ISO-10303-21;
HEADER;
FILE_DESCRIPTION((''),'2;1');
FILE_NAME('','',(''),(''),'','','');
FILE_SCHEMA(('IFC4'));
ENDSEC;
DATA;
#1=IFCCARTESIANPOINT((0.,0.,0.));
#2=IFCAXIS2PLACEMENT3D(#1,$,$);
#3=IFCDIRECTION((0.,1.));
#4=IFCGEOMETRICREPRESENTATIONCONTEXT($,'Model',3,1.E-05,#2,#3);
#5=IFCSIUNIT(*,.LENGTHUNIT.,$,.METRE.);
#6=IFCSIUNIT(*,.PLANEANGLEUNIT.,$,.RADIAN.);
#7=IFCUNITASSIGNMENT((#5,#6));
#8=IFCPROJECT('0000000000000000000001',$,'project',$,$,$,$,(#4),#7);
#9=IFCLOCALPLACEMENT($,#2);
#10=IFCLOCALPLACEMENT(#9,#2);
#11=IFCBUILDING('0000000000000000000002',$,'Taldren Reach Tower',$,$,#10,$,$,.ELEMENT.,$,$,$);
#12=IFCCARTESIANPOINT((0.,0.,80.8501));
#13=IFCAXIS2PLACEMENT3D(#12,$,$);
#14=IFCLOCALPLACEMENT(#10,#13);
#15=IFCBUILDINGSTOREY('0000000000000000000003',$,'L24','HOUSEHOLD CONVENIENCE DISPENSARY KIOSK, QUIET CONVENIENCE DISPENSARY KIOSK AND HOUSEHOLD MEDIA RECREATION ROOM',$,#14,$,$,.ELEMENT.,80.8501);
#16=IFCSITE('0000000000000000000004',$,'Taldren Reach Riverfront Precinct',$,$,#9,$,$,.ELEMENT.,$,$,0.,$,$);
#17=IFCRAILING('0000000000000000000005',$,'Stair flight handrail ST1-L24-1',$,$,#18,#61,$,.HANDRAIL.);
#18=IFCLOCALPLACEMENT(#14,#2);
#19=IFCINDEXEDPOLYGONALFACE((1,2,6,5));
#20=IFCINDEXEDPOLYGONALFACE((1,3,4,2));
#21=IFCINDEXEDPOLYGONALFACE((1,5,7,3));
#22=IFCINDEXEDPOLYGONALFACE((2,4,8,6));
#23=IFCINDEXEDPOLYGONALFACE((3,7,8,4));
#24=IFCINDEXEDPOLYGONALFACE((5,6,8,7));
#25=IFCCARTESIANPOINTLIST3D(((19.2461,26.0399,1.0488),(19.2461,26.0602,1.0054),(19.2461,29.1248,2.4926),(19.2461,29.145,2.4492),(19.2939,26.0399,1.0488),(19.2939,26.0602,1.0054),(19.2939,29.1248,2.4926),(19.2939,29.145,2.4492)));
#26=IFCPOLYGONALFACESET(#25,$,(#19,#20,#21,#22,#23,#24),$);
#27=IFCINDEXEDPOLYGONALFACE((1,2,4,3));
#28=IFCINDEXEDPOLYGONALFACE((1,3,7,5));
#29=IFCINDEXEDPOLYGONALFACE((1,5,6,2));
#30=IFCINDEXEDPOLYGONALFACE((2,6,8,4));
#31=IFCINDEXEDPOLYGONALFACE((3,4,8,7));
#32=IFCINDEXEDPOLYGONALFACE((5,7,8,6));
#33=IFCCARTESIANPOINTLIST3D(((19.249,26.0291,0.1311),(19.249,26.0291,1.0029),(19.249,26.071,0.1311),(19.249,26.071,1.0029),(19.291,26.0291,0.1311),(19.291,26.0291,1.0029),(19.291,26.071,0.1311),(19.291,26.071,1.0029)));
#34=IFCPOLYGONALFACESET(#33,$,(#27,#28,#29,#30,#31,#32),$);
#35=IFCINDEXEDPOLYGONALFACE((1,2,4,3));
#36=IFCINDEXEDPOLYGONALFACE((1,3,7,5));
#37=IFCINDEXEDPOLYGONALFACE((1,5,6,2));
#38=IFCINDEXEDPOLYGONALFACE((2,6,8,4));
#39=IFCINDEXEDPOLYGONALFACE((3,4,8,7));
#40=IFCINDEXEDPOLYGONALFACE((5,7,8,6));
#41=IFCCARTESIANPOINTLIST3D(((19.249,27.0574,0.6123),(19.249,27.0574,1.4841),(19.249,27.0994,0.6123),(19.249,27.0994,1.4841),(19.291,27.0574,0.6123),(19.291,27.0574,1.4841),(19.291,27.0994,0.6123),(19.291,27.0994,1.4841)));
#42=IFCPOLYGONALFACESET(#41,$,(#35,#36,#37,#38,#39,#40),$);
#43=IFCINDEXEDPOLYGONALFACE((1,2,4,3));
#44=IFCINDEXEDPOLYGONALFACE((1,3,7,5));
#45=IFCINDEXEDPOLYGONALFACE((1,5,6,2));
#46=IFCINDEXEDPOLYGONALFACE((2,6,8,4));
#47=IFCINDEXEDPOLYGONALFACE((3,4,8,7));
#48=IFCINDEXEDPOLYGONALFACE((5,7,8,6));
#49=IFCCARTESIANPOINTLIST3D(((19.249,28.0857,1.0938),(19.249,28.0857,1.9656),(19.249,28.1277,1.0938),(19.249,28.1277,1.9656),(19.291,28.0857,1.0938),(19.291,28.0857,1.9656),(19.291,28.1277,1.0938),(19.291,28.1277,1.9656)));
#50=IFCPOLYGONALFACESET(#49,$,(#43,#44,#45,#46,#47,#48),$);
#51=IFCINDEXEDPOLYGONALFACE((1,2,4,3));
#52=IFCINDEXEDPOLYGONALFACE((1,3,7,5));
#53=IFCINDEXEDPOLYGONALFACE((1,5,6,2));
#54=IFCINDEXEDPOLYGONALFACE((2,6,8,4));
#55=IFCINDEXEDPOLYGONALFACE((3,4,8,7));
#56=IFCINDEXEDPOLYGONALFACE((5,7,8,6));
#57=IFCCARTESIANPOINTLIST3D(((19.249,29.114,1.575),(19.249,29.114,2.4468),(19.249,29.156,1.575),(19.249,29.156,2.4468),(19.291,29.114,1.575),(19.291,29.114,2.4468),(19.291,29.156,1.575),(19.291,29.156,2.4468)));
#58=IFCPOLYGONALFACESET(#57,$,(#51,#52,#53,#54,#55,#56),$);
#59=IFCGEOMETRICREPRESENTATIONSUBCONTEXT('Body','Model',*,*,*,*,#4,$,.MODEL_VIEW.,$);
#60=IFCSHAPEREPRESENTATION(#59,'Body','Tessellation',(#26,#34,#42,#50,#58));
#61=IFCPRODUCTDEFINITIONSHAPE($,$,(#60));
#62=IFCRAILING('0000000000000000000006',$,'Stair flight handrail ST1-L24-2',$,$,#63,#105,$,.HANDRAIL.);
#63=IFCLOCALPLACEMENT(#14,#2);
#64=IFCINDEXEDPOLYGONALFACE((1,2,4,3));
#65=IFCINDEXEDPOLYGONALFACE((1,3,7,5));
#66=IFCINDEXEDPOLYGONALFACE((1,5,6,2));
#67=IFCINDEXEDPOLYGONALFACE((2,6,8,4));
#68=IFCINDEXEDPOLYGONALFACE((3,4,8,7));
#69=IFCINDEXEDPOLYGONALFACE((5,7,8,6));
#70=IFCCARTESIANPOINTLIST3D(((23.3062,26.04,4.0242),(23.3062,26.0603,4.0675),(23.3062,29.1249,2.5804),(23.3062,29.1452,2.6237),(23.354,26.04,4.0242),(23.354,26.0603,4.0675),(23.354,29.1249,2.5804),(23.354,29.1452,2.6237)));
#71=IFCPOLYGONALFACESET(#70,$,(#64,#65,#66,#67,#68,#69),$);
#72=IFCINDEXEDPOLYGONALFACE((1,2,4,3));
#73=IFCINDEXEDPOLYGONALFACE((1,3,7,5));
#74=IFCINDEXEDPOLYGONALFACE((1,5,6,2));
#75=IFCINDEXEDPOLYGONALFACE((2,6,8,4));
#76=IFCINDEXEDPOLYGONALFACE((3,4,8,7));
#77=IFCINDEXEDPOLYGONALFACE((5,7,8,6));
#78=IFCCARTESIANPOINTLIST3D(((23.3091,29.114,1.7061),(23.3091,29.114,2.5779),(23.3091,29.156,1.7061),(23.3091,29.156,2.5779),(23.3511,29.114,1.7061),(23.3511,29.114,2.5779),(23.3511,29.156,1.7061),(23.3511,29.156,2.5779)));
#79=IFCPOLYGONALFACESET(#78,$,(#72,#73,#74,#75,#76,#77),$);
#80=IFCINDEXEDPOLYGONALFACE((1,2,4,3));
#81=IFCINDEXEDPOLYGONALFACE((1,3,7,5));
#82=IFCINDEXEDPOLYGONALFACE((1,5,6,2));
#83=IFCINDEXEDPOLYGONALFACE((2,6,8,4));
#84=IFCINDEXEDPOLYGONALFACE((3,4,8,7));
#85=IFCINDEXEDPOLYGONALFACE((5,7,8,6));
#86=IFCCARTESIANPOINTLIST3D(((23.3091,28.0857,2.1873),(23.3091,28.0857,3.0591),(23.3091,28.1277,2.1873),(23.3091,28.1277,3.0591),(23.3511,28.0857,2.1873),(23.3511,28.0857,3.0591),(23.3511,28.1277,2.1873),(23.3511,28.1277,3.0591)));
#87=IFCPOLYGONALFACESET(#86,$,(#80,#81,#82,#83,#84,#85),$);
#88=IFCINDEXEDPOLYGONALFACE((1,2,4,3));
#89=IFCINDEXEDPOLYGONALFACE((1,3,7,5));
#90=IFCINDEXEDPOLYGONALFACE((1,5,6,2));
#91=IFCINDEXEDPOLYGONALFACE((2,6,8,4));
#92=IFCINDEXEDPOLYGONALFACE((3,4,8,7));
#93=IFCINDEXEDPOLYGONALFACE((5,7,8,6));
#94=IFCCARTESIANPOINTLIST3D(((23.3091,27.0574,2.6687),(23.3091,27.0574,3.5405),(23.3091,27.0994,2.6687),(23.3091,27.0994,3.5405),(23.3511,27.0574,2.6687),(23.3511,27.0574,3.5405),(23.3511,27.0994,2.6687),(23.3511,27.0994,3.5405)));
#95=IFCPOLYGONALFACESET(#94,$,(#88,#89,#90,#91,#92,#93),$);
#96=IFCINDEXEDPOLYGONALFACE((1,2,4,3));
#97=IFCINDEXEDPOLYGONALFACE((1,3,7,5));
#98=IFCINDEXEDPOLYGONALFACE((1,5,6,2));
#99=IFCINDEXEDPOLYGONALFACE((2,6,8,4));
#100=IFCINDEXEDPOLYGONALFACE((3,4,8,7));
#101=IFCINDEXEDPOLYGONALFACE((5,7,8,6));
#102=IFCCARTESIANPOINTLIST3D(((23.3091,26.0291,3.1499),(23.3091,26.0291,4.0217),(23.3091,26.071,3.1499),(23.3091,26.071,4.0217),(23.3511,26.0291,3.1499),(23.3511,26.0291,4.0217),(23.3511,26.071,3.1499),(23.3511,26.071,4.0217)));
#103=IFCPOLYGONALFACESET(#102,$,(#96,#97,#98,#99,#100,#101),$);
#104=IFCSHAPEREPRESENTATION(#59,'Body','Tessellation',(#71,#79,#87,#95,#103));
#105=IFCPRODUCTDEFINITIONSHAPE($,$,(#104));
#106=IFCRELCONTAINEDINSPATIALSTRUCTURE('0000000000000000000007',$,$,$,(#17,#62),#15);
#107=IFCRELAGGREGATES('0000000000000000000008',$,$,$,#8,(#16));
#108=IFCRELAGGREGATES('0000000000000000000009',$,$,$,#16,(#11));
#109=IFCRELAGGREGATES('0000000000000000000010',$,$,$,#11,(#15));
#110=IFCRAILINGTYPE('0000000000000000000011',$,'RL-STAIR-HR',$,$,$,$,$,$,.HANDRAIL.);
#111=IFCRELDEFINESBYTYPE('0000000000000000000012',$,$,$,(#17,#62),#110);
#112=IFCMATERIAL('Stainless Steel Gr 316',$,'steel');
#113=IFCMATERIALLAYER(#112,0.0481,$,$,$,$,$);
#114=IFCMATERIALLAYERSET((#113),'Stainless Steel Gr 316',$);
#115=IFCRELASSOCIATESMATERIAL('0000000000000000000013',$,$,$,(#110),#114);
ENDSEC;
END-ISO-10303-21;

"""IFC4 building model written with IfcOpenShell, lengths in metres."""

from ifc_helpers import new_model, si_unit, direction, frame, origin, origin_2d, place, context, subcontext, project, spatial, rectangle, extrude, material, layer, layer_set, type_object, element, save


model = new_model("IFC4")

# Units and contexts
model_context = context("Model", 3, precision=1e-05, world=origin(), true_north=direction((0.0, 1.0)))
body_context = subcontext(model_context, "Body", "Model", "MODEL_VIEW")
ifc_project = project(units=[si_unit("LENGTHUNIT", "METRE"), si_unit("PLANEANGLEUNIT", "RADIAN")], contexts=[model_context])

# Site, building, storey
site_placement = place(None, origin())
site = spatial("IfcSite", under=ifc_project, at=site_placement, Name="Taldren Reach Riverfront Precinct", CompositionType="ELEMENT", RefElevation=0.0)
building_placement = place(site_placement, origin())
building = spatial("IfcBuilding", under=site, at=building_placement, Name="Taldren Reach Tower", CompositionType="ELEMENT")
storey_placement = place(building_placement, frame((0.0, 0.0, 80.8501)))
storey = spatial("IfcBuildingStorey", under=building, at=storey_placement, Name="L24", Description="HOUSEHOLD CONVENIENCE DISPENSARY KIOSK, QUIET CONVENIENCE DISPENSARY KIOSK AND HOUSEHOLD MEDIA RECREATION ROOM", CompositionType="ELEMENT", Elevation=80.8501)

# Railings
ifc_material_1 = material(Name="Stainless Steel Gr 316", Category="steel")
ifc_layer_1 = layer(ifc_material_1, 0.0481)
ifc_layer_set_1 = layer_set([ifc_layer_1], Name="Stainless Steel Gr 316")
railing_type_1 = type_object("IfcRailingType", Name="RL-STAIR-HR", PredefinedType="HANDRAIL", material=ifc_layer_set_1)
railing_1_placement = place(storey_placement, frame((19.27, 26.05, 0.1311)))
element("IfcRailing", 1, at=railing_1_placement, inside=storey, type_object=railing_type_1, Name="Stair flight handrail ST1-L24-1", PredefinedType="HANDRAIL", context=body_context, shape_type="SweptSolid", body=[
    extrude(rectangle(XDim=0.0479, YDim=0.0479, at=origin_2d()), frame((0.0, 0.0, 0.896), z_axis=(0.0, 0.90571, 0.423898), x_axis=(-1.0, 0.0, 0.0)), (0.0, 0.0, 1.0), 3.406),
    extrude(rectangle(XDim=0.042, YDim=0.042, at=origin_2d()), origin(), (0.0, 0.0, 1.0), 0.8718),
    extrude(rectangle(XDim=0.042, YDim=0.042, at=origin_2d()), frame((0.0, 1.0283, 0.4812)), (0.0, 0.0, 1.0), 0.8718),
    extrude(rectangle(XDim=0.042, YDim=0.042, at=origin_2d()), frame((0.0, 2.0566, 0.9626)), (0.0, 0.0, 1.0), 0.8718),
    extrude(rectangle(XDim=0.042, YDim=0.042, at=origin_2d()), frame((0.0, 3.085, 1.4438)), (0.0, 0.0, 1.0), 0.8718),
])
railing_2_placement = place(storey_placement, frame((23.3301, 29.135, 1.7061)))
element("IfcRailing", 2, at=railing_2_placement, inside=storey, type_object=railing_type_1, Name="Stair flight handrail ST1-L24-2", PredefinedType="HANDRAIL", context=body_context, shape_type="SweptSolid", body=[
    extrude(rectangle(XDim=0.0479, YDim=0.0479, at=origin_2d()), frame((0.0, 0.0, 0.896), z_axis=(0.0, -0.90571, 0.423898), x_axis=(1.0, 0.0, 0.0)), (0.0, 0.0, 1.0), 3.406),
    extrude(rectangle(XDim=0.042, YDim=0.042, at=origin_2d()), origin(), (0.0, 0.0, 1.0), 0.8718),
    extrude(rectangle(XDim=0.042, YDim=0.042, at=origin_2d()), frame((0.0, -1.0283, 0.4812)), (0.0, 0.0, 1.0), 0.8718),
    extrude(rectangle(XDim=0.042, YDim=0.042, at=origin_2d()), frame((0.0, -2.0566, 0.9626)), (0.0, 0.0, 1.0), 0.8718),
    extrude(rectangle(XDim=0.042, YDim=0.042, at=origin_2d()), frame((0.0, -3.085, 1.4438)), (0.0, 0.0, 1.0), 0.8718),
])

save(model, "model.ifc")
